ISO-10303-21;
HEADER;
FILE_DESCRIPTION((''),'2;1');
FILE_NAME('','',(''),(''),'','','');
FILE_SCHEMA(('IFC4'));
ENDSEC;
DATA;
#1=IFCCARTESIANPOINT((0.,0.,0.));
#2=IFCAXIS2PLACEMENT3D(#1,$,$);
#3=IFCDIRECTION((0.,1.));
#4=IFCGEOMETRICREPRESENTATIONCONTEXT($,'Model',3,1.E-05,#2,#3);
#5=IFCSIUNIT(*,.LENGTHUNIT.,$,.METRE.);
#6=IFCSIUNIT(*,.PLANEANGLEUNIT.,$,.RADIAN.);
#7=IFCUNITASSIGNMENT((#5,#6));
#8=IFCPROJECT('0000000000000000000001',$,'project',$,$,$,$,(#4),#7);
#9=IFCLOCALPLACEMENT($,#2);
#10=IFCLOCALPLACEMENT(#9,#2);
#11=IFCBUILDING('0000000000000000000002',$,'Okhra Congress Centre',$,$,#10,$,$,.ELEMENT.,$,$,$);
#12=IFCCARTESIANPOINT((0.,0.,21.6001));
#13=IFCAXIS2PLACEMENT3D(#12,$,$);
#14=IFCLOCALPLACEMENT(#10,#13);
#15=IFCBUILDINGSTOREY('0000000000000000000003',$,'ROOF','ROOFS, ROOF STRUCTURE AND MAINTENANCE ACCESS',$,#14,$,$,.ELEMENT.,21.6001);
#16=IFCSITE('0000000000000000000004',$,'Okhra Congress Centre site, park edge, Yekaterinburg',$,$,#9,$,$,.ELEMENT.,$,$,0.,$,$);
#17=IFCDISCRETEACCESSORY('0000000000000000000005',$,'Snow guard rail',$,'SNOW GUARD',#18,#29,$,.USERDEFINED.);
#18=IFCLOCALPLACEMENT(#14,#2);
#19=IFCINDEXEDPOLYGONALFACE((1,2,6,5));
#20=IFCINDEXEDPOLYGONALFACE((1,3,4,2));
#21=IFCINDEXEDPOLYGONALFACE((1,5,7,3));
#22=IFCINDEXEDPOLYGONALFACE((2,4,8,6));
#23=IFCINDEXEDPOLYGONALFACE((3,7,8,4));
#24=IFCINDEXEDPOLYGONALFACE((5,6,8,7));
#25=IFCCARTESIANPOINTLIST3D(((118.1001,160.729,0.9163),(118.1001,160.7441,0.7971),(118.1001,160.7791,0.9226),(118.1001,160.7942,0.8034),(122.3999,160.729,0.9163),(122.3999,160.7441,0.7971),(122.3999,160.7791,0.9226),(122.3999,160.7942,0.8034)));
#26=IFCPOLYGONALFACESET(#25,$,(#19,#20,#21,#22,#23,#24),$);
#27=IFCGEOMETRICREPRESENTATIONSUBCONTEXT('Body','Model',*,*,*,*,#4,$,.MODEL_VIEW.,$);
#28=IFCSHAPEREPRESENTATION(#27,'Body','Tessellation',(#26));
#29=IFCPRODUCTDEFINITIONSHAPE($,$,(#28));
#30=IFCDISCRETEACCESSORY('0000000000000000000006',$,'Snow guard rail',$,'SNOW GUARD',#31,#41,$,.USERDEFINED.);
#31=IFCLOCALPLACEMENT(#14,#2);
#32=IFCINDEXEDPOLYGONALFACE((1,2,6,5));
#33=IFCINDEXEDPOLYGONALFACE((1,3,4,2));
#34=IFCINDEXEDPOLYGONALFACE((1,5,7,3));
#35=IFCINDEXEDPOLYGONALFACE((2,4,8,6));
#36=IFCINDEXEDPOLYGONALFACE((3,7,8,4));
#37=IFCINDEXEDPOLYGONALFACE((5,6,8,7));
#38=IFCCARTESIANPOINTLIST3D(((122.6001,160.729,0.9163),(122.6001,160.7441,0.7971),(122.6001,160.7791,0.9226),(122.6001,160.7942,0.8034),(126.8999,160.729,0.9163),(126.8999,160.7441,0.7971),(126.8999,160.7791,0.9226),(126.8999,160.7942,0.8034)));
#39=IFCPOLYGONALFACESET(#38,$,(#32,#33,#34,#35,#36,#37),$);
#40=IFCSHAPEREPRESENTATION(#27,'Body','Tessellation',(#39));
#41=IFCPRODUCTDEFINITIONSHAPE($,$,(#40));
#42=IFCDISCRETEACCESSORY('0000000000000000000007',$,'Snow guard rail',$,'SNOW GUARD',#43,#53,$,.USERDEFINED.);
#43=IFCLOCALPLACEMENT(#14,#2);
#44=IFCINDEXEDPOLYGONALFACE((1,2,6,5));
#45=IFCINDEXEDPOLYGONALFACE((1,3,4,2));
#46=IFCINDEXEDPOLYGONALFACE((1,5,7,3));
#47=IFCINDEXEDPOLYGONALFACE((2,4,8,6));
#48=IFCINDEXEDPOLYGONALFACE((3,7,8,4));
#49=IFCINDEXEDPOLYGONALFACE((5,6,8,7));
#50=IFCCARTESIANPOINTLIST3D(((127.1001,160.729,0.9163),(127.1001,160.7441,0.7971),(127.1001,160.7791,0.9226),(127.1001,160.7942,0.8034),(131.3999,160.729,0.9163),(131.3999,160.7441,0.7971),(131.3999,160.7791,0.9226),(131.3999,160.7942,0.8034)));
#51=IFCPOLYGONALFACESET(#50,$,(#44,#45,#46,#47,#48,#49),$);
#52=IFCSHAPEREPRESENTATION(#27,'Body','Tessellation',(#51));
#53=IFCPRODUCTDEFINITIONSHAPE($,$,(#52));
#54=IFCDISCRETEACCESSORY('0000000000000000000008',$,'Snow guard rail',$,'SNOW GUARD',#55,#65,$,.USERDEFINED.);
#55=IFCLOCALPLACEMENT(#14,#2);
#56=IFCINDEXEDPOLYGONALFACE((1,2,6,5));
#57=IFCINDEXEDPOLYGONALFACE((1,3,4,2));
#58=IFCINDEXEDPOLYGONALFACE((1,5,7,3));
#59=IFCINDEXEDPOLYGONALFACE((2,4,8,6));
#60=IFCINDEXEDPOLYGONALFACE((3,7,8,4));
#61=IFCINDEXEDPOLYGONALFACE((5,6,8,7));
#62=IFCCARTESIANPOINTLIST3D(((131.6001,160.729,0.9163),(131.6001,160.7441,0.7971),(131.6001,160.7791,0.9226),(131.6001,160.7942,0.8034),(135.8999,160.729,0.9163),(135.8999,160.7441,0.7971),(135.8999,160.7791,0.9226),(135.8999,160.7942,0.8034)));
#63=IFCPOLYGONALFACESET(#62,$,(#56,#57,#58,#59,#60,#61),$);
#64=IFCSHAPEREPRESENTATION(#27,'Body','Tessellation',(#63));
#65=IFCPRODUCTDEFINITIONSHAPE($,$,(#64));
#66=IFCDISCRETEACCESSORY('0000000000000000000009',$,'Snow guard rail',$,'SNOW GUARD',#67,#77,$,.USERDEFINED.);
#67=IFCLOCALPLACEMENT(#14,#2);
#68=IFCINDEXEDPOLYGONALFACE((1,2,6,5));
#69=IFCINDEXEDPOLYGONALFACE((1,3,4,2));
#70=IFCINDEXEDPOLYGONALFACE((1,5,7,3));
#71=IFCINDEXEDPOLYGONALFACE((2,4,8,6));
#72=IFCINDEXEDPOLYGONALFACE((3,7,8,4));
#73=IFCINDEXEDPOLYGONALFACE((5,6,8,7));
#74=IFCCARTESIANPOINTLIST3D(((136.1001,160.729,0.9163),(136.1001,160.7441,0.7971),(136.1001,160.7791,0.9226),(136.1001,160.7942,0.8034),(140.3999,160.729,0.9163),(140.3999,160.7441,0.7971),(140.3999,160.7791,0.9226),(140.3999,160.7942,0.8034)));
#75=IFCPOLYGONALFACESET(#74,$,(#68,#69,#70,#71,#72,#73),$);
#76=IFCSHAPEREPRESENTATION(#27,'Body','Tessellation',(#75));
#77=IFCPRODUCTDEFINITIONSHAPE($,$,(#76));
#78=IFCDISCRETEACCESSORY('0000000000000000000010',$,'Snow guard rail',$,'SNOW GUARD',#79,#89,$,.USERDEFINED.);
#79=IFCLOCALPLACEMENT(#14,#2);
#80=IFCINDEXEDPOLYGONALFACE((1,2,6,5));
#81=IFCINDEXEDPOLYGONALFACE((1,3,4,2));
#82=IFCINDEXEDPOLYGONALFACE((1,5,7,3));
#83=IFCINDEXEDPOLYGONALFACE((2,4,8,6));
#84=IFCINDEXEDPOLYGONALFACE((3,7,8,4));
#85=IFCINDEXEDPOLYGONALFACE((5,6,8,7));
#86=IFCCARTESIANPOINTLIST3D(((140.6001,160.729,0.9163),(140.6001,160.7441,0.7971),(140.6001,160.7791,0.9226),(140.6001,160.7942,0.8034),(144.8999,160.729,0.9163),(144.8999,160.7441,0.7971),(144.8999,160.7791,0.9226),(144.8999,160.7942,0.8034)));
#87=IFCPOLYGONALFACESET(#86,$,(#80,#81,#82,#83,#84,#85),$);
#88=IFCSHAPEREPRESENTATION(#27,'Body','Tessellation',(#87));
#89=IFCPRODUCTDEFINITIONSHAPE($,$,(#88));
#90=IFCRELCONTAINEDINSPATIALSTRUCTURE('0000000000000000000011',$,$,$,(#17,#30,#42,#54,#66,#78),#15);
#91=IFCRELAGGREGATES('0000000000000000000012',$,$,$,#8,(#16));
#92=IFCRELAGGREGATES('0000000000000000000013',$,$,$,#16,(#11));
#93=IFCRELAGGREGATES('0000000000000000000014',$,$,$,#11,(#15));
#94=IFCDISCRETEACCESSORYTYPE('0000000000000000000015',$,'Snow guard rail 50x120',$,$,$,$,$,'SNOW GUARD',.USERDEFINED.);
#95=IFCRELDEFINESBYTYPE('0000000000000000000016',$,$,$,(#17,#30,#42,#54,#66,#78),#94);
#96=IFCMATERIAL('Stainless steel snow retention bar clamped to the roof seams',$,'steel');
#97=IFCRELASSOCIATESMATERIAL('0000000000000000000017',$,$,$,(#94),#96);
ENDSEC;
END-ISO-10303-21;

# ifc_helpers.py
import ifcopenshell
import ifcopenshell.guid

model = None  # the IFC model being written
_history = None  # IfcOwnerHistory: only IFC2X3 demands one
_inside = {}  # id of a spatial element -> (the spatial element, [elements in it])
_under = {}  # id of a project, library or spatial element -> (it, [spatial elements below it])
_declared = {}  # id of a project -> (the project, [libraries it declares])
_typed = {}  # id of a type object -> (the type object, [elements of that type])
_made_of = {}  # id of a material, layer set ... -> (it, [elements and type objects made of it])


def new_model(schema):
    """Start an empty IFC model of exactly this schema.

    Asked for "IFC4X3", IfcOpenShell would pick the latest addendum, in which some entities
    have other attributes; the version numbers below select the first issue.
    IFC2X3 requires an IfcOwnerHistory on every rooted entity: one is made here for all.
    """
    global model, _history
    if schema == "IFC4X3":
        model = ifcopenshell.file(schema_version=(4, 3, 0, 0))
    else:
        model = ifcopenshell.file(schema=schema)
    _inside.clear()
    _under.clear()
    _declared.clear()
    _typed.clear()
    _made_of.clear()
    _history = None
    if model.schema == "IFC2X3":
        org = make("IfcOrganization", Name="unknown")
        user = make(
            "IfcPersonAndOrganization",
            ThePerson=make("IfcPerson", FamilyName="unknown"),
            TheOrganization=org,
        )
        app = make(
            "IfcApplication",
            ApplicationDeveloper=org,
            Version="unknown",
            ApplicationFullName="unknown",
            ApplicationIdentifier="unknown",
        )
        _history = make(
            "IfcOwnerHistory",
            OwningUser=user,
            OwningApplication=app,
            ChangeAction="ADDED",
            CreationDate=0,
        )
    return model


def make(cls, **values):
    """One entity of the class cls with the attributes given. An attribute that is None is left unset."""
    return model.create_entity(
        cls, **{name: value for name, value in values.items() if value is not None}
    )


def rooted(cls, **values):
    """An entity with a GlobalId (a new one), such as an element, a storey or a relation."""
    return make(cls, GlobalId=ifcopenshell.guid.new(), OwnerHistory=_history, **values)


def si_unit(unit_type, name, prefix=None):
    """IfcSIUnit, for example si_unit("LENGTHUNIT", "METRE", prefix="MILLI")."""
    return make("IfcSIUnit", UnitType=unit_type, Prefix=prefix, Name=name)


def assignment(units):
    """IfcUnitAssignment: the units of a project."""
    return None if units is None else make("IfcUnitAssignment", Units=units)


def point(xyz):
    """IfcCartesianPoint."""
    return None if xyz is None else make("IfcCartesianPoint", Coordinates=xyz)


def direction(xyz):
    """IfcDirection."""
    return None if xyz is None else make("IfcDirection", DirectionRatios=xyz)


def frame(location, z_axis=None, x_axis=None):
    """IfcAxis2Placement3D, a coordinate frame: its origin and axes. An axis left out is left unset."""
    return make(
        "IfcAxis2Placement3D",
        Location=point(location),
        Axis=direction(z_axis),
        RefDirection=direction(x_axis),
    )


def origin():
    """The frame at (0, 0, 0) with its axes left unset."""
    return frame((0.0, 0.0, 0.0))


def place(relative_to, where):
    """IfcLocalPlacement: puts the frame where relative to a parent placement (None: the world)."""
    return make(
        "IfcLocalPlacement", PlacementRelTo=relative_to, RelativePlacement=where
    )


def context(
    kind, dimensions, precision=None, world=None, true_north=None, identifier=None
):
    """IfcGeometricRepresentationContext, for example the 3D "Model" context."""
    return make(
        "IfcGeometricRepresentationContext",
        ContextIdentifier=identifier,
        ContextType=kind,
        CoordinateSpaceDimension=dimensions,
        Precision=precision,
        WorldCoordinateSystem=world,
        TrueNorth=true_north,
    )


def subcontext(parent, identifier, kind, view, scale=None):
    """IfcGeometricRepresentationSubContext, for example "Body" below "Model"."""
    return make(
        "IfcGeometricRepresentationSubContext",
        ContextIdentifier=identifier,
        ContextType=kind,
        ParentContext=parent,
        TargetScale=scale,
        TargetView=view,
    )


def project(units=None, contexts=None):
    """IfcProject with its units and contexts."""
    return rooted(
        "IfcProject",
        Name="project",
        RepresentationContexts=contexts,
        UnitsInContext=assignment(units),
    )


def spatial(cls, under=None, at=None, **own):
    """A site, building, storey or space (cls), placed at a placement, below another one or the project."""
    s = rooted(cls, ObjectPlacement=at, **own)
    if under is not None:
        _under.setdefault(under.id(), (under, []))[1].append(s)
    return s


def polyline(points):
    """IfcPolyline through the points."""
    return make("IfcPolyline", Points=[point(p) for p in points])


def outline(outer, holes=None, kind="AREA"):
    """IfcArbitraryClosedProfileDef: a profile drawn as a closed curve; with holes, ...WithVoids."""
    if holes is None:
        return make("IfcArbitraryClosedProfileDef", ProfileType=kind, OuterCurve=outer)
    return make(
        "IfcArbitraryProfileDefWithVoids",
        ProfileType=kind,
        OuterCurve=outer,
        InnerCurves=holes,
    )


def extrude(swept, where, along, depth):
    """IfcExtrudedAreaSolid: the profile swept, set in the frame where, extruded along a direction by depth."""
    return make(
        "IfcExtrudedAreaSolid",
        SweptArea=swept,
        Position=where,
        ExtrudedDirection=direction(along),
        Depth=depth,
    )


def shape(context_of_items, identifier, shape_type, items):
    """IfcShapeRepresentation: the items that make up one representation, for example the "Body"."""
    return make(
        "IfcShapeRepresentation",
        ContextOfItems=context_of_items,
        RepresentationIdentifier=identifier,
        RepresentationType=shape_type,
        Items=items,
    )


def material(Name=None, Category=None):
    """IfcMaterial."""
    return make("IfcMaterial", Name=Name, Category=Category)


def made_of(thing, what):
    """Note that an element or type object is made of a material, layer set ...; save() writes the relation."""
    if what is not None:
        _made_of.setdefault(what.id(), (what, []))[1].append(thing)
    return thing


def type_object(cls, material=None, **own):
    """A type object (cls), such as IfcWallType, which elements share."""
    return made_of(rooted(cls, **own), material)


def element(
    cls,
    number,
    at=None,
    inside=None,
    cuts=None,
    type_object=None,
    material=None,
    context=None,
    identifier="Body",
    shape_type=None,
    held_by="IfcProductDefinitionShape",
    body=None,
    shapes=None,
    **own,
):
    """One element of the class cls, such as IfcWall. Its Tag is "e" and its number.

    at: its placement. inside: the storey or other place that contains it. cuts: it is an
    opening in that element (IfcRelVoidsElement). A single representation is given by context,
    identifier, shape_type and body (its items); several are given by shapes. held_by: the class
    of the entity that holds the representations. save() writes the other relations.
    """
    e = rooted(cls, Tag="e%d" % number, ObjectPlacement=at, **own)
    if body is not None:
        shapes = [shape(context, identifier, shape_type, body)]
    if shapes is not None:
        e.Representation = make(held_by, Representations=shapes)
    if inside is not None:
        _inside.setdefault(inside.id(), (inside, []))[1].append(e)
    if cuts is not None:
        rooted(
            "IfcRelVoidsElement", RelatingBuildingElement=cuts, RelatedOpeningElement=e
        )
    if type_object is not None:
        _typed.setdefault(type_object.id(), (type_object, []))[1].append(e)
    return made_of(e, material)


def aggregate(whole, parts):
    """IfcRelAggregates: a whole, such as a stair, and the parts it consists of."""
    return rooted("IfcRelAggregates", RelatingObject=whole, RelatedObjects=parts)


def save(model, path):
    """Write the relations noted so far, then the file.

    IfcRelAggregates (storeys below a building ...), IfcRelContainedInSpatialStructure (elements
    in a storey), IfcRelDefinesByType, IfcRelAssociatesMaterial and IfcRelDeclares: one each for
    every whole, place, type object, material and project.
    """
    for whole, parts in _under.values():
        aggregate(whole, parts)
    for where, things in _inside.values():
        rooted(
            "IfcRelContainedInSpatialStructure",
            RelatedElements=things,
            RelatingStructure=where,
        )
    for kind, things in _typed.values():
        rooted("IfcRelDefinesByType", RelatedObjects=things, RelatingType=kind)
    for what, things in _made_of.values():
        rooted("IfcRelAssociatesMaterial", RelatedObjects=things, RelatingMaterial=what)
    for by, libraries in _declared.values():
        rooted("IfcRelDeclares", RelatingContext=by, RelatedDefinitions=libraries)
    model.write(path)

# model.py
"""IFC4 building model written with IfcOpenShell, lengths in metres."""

from ifc_helpers import new_model, si_unit, direction, frame, origin, place, context, subcontext, project, spatial, polyline, outline, extrude, material, type_object, element, save


model = new_model("IFC4")

# Units and contexts
model_context = context("Model", 3, precision=1e-05, world=origin(), true_north=direction((0.0, 1.0)))
body_context = subcontext(model_context, "Body", "Model", "MODEL_VIEW")
ifc_project = project(units=[si_unit("LENGTHUNIT", "METRE"), si_unit("PLANEANGLEUNIT", "RADIAN")], contexts=[model_context])

# Site, building, storey
site_placement = place(None, origin())
site = spatial("IfcSite", under=ifc_project, at=site_placement, Name="Okhra Congress Centre site, park edge, Yekaterinburg", CompositionType="ELEMENT", RefElevation=0.0)
building_placement = place(site_placement, origin())
building = spatial("IfcBuilding", under=site, at=building_placement, Name="Okhra Congress Centre", CompositionType="ELEMENT")
storey_placement = place(building_placement, frame((0.0, 0.0, 21.6001)))
storey = spatial("IfcBuildingStorey", under=building, at=storey_placement, Name="ROOF", Description="ROOFS, ROOF STRUCTURE AND MAINTENANCE ACCESS", CompositionType="ELEMENT", Elevation=21.6001)

# Discrete accessories
ifc_material_1 = material(Name="Stainless steel snow retention bar clamped to the roof seams", Category="steel")
discrete_accessory_type_1 = type_object("IfcDiscreteAccessoryType", Name="Snow guard rail 50x120", ElementType="SNOW GUARD", PredefinedType="USERDEFINED", material=ifc_material_1)
for number, where, z_axis, x_axis, name in (
    (1, (118.1001, 160.729, 0.9163), (0.0, -0.125821, 0.992053), (1.0, 0.0, 0.0), "Snow guard rail"),
    (2, (122.6001, 160.729, 0.9163), (0.0, -0.125821, 0.992053), (1.0, 0.0, 0.0), "Snow guard rail"),
    (3, (127.1001, 160.729, 0.9163), (0.0, -0.125821, 0.992053), (1.0, 0.0, 0.0), "Snow guard rail"),
    (4, (131.6001, 160.729, 0.9163), (0.0, -0.125821, 0.992053), (1.0, 0.0, 0.0), "Snow guard rail"),
    (5, (136.1001, 160.729, 0.9163), (0.0, -0.125821, 0.992053), (1.0, 0.0, 0.0), "Snow guard rail"),
    (6, (140.6001, 160.729, 0.9163), (0.0, -0.125821, 0.992053), (1.0, 0.0, 0.0), "Snow guard rail"),
):
    element("IfcDiscreteAccessory", number, at=place(storey_placement, frame(where, z_axis=z_axis, x_axis=x_axis)), inside=storey, type_object=discrete_accessory_type_1, Name=name, ObjectType="SNOW GUARD", PredefinedType="USERDEFINED", context=body_context, shape_type="SweptSolid", body=[
        extrude(outline(polyline([(0.0, 0.0), (4.2998, 0.0), (4.2998, 0.0504), (0.0, 0.0504), (0.0, 0.0)])), origin(), (0.0, 0.0, -1.0), 0.1201),
    ])

save(model, "model.ifc")
